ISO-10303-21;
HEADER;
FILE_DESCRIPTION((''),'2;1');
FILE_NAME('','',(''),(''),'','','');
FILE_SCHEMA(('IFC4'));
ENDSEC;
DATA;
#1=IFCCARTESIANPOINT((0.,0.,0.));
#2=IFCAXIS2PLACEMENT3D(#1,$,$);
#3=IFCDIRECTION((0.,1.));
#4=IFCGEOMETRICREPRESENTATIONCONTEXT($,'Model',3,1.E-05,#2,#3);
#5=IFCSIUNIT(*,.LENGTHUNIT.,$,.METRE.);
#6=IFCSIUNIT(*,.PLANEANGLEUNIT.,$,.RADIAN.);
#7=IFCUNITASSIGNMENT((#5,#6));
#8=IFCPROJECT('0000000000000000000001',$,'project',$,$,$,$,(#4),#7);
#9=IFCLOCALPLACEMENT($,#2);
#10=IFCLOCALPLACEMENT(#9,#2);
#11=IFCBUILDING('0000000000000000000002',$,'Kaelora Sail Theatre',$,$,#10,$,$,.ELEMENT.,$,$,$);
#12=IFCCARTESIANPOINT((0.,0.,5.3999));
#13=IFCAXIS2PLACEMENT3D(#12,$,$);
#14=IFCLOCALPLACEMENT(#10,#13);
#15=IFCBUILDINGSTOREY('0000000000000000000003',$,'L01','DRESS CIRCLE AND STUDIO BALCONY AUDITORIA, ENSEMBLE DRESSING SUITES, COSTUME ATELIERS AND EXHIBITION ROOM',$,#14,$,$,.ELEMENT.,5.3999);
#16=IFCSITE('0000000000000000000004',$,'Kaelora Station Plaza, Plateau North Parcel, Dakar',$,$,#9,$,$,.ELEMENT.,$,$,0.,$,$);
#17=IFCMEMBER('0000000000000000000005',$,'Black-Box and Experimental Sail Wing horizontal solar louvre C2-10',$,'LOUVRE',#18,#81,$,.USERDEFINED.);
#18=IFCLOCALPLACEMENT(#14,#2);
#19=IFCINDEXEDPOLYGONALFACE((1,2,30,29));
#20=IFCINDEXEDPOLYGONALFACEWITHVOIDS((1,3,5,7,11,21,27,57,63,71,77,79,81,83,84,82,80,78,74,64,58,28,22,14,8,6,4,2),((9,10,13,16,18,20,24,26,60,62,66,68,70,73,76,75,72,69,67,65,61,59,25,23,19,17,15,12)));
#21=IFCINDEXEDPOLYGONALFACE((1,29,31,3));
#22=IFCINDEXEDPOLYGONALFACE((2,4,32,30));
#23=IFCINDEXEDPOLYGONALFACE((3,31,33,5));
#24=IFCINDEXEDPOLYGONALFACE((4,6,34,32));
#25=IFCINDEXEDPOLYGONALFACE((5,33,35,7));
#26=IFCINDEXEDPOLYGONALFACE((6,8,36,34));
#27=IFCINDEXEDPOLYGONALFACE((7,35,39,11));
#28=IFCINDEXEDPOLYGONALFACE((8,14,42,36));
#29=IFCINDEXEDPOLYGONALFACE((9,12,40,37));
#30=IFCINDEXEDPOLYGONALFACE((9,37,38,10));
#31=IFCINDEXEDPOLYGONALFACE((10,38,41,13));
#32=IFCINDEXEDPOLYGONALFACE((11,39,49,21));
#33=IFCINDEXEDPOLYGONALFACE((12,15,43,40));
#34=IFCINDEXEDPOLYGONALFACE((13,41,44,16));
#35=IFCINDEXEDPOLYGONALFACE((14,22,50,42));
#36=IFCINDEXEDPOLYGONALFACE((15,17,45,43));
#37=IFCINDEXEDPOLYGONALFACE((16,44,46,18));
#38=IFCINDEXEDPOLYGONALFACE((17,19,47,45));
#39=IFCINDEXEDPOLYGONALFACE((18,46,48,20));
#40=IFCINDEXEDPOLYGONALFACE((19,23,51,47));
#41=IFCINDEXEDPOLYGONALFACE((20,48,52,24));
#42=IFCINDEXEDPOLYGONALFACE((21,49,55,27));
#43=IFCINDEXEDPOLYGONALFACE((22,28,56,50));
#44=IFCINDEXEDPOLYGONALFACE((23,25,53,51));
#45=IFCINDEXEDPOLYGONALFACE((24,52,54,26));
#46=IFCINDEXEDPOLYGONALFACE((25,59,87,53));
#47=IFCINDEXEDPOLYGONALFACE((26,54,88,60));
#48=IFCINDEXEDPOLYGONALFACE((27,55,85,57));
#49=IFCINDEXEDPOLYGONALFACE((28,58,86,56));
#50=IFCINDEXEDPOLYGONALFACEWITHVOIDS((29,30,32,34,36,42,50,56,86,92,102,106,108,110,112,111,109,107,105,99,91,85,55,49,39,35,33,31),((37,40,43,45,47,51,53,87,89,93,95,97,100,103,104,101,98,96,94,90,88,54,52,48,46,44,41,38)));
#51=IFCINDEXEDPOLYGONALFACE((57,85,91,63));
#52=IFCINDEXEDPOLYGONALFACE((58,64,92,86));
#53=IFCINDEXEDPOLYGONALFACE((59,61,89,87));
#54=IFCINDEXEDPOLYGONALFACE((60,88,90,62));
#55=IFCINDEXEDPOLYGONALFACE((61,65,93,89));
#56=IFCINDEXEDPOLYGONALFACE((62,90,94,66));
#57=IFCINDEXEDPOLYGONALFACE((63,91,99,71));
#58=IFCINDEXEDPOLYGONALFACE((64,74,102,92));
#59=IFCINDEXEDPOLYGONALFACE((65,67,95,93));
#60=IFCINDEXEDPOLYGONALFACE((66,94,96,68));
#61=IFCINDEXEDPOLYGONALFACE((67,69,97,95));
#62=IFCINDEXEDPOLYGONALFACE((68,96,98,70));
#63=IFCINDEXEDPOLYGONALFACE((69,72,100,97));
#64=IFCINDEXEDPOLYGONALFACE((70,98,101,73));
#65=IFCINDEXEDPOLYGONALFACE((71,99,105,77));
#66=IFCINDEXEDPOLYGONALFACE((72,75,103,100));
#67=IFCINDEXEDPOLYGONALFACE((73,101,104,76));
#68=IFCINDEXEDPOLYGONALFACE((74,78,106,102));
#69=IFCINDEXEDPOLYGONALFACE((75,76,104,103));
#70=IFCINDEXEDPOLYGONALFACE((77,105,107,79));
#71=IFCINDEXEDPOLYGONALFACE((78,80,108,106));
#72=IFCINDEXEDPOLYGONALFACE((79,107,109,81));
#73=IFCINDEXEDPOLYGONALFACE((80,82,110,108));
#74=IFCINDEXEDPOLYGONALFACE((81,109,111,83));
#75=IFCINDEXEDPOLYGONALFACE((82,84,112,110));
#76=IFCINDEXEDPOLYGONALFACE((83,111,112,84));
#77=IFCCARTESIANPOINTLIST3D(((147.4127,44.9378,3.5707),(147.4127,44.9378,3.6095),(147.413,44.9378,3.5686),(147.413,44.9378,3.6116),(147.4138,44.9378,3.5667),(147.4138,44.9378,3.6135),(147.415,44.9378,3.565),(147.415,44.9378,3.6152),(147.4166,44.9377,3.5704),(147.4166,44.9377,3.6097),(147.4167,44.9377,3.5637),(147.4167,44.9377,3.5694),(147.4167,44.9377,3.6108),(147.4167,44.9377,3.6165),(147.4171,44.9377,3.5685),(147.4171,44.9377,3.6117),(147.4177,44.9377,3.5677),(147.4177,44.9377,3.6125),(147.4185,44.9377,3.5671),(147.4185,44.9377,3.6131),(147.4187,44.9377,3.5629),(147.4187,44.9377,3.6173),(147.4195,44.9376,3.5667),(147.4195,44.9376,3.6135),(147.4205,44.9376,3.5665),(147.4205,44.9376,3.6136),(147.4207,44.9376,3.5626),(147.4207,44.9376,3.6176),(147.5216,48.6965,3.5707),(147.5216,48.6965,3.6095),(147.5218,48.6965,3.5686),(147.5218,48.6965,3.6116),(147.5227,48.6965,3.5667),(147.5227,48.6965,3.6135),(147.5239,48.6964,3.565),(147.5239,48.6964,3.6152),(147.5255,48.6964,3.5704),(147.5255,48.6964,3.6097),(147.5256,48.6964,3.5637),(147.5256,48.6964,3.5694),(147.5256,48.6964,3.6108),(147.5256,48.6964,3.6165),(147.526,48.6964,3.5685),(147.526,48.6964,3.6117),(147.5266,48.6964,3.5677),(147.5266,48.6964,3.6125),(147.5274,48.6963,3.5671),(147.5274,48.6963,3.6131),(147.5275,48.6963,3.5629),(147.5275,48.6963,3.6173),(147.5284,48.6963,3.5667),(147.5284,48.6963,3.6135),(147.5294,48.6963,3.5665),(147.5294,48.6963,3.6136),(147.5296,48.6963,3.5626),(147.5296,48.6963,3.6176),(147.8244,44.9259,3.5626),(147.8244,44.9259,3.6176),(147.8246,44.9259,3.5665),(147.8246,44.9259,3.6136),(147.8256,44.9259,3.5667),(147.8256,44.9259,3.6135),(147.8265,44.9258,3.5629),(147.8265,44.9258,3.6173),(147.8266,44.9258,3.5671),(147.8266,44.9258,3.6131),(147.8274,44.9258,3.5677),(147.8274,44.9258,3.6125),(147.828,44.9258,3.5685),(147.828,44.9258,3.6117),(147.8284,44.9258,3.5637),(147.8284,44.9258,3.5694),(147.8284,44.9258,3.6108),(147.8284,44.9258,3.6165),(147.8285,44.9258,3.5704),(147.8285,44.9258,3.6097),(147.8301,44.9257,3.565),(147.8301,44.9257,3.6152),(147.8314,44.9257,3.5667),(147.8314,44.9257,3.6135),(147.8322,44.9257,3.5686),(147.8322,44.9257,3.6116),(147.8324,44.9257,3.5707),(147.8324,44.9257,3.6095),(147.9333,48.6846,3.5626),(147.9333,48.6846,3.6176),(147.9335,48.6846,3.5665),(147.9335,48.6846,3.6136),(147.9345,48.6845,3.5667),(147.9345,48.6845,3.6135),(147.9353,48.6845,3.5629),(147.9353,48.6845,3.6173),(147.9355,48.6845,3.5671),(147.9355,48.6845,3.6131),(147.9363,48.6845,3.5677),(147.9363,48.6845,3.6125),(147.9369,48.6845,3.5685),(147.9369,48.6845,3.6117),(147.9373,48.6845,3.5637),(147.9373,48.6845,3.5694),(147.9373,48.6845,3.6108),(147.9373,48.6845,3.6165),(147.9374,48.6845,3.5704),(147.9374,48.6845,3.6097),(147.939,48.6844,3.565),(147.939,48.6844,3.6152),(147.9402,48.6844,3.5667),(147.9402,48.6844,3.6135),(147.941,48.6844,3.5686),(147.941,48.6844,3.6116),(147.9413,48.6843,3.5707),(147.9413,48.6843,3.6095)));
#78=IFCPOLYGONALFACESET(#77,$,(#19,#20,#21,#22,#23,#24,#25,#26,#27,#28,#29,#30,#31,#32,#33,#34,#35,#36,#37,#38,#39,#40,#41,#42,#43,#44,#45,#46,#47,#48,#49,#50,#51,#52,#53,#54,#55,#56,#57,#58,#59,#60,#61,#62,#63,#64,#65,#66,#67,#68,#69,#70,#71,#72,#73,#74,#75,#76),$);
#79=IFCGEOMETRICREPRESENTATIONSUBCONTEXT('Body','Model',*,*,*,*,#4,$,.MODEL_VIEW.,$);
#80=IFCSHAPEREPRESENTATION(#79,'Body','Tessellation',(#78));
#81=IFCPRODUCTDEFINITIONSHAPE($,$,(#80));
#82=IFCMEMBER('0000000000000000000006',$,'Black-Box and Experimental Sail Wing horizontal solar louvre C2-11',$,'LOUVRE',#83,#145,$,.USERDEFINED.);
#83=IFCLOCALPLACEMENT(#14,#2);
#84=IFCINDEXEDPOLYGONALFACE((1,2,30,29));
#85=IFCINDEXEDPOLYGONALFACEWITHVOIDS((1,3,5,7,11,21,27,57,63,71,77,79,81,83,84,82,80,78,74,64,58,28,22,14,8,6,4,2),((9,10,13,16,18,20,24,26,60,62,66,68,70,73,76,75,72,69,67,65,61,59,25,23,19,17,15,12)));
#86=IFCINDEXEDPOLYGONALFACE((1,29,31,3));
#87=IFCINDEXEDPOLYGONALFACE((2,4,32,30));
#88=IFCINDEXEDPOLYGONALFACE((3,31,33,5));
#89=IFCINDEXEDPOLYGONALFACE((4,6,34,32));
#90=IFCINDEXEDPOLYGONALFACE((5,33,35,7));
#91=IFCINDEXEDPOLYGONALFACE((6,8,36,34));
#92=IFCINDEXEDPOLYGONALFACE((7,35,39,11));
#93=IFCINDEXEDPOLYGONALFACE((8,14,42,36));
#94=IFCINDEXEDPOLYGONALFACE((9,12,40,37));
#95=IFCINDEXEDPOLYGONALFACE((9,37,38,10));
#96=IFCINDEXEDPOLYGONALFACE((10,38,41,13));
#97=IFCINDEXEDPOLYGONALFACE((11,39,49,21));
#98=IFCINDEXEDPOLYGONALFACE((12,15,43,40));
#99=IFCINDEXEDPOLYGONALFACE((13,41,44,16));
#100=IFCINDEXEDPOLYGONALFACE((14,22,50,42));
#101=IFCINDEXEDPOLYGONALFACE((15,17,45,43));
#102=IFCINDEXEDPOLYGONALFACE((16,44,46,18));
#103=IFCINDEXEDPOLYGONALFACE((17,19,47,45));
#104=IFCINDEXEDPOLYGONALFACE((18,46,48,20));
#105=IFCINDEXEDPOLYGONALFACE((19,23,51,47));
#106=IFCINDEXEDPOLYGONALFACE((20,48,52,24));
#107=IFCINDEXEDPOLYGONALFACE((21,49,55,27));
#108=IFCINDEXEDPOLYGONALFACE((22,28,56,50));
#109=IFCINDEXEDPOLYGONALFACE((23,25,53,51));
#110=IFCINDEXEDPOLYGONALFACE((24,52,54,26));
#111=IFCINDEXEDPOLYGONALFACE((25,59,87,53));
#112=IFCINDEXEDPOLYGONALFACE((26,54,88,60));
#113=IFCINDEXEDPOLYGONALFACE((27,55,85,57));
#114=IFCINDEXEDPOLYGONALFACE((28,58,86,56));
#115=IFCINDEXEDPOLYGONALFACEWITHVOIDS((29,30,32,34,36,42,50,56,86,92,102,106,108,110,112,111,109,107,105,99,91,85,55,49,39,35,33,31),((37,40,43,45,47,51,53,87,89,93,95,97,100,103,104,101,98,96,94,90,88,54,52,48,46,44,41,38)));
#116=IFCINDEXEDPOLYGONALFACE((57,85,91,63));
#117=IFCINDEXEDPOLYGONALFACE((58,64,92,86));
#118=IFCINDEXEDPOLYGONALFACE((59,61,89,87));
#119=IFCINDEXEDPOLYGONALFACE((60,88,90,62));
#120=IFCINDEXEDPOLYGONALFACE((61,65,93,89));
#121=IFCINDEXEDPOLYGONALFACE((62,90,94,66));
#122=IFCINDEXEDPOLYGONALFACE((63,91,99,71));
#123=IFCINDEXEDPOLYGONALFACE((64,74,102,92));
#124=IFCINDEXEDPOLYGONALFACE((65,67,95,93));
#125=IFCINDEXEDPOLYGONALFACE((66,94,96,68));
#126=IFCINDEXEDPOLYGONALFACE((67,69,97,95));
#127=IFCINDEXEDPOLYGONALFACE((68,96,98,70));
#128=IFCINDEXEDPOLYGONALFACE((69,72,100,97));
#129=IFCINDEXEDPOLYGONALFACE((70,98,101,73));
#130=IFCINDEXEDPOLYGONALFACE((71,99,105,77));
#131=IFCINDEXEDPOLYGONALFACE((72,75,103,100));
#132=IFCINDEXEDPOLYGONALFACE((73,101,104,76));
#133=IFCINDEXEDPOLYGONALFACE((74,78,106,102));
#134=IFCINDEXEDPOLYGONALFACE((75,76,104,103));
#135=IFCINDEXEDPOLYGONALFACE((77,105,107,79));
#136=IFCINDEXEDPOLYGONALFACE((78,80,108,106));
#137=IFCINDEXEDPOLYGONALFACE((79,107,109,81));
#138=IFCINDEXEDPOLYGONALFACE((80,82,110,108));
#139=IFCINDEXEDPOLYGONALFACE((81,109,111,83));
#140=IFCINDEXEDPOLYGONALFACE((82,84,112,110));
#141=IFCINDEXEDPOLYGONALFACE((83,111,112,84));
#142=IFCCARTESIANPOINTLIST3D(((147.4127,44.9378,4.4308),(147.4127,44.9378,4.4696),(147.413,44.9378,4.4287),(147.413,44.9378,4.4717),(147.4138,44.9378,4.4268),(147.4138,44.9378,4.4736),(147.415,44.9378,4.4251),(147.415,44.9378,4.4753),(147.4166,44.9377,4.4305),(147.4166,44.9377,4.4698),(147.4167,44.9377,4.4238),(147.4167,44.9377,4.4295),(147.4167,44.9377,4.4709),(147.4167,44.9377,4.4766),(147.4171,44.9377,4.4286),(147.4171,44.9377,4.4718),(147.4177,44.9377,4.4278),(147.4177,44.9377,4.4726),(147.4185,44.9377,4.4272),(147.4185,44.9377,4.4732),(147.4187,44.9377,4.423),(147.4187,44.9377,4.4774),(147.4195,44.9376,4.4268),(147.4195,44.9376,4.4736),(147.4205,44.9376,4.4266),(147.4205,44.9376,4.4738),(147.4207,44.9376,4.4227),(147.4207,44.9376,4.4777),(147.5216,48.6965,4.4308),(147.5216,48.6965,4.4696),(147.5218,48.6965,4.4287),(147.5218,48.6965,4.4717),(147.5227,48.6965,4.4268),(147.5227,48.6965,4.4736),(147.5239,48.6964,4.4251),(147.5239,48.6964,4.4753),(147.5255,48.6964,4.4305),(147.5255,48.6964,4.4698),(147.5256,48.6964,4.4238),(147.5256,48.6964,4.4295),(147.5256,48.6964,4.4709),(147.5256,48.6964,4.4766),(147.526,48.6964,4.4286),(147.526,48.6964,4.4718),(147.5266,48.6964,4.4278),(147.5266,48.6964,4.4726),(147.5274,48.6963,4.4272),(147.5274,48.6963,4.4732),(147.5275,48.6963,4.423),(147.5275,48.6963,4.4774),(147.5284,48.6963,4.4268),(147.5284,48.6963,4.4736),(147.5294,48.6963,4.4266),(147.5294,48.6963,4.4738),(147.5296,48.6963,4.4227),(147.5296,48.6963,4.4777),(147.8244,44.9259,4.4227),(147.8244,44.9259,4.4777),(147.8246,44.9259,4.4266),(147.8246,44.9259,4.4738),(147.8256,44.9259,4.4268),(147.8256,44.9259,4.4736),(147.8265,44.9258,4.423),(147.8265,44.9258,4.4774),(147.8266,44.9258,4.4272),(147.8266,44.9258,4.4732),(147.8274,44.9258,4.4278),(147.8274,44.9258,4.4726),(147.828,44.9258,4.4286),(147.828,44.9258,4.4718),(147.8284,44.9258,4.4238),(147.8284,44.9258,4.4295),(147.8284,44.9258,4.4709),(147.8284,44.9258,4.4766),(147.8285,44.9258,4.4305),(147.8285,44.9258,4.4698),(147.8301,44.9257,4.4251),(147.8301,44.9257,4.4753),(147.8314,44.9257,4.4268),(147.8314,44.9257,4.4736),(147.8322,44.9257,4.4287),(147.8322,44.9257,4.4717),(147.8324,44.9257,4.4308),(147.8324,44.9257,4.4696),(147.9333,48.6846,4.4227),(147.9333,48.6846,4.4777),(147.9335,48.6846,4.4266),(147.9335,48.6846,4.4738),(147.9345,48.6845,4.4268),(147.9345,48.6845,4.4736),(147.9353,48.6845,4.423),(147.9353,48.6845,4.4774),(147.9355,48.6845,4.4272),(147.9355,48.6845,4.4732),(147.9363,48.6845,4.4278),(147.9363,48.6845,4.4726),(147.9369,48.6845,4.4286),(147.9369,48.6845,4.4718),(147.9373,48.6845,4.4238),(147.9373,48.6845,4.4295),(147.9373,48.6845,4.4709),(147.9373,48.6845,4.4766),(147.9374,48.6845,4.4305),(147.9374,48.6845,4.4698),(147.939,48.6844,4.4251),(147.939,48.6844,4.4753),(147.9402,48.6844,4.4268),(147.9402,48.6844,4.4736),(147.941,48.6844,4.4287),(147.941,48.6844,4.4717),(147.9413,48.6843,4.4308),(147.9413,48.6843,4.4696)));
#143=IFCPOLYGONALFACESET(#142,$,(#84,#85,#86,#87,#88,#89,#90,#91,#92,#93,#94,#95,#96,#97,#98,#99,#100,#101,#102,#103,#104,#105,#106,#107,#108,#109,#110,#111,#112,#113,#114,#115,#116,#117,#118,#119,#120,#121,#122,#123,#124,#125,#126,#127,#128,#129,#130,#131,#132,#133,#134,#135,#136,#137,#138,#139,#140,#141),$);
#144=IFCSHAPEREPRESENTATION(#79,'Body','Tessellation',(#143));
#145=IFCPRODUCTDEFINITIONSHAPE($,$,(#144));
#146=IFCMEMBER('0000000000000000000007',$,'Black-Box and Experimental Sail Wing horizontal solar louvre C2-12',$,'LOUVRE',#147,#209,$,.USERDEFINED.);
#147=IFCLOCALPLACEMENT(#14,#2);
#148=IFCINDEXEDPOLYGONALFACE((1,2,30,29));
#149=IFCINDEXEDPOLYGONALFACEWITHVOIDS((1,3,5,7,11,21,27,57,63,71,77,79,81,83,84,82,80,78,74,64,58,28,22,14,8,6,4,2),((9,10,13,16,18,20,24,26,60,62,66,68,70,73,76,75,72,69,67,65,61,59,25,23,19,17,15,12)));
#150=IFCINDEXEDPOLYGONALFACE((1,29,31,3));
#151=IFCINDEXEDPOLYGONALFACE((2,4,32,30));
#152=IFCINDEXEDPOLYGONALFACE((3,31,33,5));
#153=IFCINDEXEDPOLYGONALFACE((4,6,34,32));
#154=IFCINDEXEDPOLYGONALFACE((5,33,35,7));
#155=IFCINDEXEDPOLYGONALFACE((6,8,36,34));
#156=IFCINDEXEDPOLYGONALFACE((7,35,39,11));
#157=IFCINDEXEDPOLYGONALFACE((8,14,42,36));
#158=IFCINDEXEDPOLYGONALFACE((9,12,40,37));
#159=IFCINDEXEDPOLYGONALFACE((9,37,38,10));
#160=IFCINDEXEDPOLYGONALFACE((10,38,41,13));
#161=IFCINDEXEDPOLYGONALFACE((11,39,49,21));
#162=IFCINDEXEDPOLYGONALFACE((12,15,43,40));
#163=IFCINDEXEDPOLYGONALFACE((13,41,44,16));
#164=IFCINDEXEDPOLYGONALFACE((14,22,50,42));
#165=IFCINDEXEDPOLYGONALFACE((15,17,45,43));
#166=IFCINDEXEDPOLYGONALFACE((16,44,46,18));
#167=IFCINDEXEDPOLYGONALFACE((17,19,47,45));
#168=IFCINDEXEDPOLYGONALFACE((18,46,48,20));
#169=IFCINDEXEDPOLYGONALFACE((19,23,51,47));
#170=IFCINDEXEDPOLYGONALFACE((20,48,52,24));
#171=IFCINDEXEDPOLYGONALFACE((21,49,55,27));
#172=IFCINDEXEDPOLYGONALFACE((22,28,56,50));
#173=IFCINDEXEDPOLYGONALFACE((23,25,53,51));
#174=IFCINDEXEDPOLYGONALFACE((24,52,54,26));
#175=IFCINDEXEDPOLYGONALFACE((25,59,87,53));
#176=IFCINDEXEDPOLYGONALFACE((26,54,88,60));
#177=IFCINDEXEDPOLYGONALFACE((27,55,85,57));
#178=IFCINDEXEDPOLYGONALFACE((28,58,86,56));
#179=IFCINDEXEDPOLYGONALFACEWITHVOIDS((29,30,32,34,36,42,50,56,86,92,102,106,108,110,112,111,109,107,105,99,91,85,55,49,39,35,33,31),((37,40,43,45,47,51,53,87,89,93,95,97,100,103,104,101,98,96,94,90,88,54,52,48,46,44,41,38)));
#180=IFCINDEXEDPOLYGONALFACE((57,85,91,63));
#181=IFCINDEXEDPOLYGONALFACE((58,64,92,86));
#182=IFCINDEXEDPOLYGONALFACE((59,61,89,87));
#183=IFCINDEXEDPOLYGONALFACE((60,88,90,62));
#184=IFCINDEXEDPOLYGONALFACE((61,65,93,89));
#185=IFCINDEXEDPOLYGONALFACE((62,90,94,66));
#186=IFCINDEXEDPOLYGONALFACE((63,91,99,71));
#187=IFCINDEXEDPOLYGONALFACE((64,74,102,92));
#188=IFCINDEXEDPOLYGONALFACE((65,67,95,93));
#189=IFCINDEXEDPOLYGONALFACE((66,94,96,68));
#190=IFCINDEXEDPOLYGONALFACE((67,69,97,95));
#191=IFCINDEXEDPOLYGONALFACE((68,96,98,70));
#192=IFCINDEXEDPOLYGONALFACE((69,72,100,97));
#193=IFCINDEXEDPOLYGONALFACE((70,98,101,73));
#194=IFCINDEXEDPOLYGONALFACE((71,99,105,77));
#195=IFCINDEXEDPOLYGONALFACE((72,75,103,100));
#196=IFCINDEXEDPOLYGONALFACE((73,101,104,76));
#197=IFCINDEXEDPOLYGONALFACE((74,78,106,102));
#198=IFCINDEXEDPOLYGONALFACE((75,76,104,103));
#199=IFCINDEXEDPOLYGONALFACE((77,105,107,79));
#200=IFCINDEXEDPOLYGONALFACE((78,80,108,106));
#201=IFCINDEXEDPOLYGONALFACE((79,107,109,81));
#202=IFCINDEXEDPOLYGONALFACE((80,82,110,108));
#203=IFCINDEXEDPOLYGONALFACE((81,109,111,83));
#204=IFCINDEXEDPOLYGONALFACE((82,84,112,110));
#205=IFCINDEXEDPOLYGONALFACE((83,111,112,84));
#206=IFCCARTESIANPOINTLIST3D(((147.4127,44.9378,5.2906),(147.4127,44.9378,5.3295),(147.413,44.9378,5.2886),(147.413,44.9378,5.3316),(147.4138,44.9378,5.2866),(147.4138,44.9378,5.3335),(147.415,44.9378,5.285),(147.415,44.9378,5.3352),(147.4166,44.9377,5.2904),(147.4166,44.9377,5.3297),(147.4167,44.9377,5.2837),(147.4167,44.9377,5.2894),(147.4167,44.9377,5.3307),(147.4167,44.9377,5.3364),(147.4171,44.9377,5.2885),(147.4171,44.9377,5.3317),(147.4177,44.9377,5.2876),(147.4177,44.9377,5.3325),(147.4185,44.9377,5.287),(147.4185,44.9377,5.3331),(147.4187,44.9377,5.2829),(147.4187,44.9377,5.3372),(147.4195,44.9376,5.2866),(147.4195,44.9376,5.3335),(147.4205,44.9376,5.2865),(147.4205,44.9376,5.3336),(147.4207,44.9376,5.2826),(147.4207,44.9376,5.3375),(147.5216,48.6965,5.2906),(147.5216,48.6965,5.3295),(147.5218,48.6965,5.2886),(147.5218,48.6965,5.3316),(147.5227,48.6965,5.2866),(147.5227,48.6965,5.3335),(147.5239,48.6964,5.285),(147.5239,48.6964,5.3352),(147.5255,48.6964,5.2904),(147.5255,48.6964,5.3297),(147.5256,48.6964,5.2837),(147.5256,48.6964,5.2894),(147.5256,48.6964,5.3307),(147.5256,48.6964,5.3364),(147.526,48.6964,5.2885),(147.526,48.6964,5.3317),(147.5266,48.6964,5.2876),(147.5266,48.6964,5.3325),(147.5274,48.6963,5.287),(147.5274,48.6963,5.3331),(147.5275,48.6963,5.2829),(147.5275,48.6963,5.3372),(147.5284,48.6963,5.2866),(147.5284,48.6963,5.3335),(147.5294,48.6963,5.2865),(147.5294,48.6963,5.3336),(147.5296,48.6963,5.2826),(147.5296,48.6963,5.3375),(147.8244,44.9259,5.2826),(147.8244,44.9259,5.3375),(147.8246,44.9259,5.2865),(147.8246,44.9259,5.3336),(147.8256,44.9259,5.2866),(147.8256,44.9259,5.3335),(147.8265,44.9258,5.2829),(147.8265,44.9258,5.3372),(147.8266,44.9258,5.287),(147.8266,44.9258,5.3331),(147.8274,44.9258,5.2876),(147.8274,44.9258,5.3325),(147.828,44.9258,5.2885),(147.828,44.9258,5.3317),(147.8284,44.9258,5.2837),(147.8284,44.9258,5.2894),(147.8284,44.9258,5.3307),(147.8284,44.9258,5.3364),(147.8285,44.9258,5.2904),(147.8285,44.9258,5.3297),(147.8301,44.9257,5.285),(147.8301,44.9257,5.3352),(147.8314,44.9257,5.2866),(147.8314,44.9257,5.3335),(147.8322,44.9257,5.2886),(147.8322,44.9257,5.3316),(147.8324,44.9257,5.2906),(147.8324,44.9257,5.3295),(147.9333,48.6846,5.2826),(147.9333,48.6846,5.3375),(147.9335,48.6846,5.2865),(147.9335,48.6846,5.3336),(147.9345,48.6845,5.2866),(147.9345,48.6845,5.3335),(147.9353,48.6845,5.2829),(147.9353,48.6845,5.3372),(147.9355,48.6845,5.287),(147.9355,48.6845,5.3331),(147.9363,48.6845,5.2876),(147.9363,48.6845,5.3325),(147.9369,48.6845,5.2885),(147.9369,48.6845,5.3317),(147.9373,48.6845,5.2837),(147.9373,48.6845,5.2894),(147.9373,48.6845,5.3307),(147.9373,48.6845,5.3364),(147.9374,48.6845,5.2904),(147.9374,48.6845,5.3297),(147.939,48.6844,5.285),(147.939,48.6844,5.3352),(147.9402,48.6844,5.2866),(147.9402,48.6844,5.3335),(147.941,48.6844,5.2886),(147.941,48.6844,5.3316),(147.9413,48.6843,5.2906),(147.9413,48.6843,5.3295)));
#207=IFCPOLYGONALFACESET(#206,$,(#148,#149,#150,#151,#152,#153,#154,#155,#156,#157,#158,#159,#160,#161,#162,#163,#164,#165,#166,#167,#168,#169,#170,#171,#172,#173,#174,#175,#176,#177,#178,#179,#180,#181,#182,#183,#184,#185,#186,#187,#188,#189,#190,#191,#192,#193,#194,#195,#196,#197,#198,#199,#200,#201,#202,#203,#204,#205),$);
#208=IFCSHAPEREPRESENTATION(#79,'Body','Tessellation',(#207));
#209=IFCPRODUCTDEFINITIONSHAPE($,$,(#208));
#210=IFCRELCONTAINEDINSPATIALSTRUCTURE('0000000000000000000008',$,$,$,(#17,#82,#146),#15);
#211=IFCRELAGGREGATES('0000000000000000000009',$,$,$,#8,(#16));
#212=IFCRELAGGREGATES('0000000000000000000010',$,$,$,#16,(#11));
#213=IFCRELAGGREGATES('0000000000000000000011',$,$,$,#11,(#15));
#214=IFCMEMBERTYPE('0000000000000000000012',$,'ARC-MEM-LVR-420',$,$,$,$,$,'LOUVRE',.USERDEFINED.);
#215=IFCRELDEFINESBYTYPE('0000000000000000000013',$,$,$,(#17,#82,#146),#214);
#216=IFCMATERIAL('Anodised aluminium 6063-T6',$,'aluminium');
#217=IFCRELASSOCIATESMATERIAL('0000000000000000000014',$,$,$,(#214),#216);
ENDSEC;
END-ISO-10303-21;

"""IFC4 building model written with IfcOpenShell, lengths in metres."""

from ifc_helpers import new_model, si_unit, direction, frame, origin, origin_2d, place, context, subcontext, project, spatial, hollow_rectangle, extrude, material, material_profile, profile_set, type_object, element, save


model = new_model("IFC4")

# Units and contexts
model_context = context("Model", 3, precision=1e-05, world=origin(), true_north=direction((0.0, 1.0)))
body_context = subcontext(model_context, "Body", "Model", "MODEL_VIEW")
ifc_project = project(units=[si_unit("LENGTHUNIT", "METRE"), si_unit("PLANEANGLEUNIT", "RADIAN")], contexts=[model_context])

# Site, building, storey
site_placement = place(None, origin())
site = spatial("IfcSite", under=ifc_project, at=site_placement, Name="Kaelora Station Plaza, Plateau North Parcel, Dakar", CompositionType="ELEMENT", RefElevation=0.0)
building_placement = place(site_placement, origin())
building = spatial("IfcBuilding", under=site, at=building_placement, Name="Kaelora Sail Theatre", CompositionType="ELEMENT")
storey_placement = place(building_placement, frame((0.0, 0.0, 5.3999)))
storey = spatial("IfcBuildingStorey", under=building, at=storey_placement, Name="L01", Description="DRESS CIRCLE AND STUDIO BALCONY AUDITORIA, ENSEMBLE DRESSING SUITES, COSTUME ATELIERS AND EXHIBITION ROOM", CompositionType="ELEMENT", Elevation=5.3999)

# Members
ifc_material_1 = material(Name="Anodised aluminium 6063-T6", Category="aluminium")
ifc_material_profile_1 = material_profile(ifc_material_1, hollow_rectangle(XDim=0.4199, YDim=0.0549, WallThickness=0.0039, InnerFilletRadius=0.0039, OuterFilletRadius=0.0081, at=origin_2d()), Name="LOUVRE 420x55x4")
ifc_profile_set_1 = profile_set([ifc_material_profile_1], Name="Anodised aluminium 6063-T6")
member_type = type_object("IfcMemberType", Name="ARC-MEM-LVR-420", ElementType="LOUVRE", PredefinedType="USERDEFINED", material=ifc_profile_set_1)
for number, where, z_axis, x_axis, name in (
    (1, (147.7314, 48.6904, 3.5901), (-0.028956, -0.999581, 0.0), (0.999581, -0.028956, 0.0), "Black-Box and Experimental Sail Wing horizontal solar louvre C2-10"),
    (2, (147.7314, 48.6904, 4.4502), (-0.028956, -0.999581, 0.0), (0.999581, -0.028956, 0.0), "Black-Box and Experimental Sail Wing horizontal solar louvre C2-11"),
    (3, (147.7314, 48.6904, 5.3101), (-0.028956, -0.999581, 0.0), (0.999581, -0.028956, 0.0), "Black-Box and Experimental Sail Wing horizontal solar louvre C2-12"),
):
    element("IfcMember", number, at=place(storey_placement, frame(where, z_axis=z_axis, x_axis=x_axis)), inside=storey, type_object=member_type, Name=name, ObjectType="LOUVRE", PredefinedType="USERDEFINED", context=body_context, shape_type="SweptSolid", body=[
        extrude(hollow_rectangle(XDim=0.4199, YDim=0.0549, WallThickness=0.0039, InnerFilletRadius=0.0039, OuterFilletRadius=0.0081, at=origin_2d()), origin(), (0.0, 0.0, 1.0), 3.7603),
    ])

save(model, "model.ifc")
